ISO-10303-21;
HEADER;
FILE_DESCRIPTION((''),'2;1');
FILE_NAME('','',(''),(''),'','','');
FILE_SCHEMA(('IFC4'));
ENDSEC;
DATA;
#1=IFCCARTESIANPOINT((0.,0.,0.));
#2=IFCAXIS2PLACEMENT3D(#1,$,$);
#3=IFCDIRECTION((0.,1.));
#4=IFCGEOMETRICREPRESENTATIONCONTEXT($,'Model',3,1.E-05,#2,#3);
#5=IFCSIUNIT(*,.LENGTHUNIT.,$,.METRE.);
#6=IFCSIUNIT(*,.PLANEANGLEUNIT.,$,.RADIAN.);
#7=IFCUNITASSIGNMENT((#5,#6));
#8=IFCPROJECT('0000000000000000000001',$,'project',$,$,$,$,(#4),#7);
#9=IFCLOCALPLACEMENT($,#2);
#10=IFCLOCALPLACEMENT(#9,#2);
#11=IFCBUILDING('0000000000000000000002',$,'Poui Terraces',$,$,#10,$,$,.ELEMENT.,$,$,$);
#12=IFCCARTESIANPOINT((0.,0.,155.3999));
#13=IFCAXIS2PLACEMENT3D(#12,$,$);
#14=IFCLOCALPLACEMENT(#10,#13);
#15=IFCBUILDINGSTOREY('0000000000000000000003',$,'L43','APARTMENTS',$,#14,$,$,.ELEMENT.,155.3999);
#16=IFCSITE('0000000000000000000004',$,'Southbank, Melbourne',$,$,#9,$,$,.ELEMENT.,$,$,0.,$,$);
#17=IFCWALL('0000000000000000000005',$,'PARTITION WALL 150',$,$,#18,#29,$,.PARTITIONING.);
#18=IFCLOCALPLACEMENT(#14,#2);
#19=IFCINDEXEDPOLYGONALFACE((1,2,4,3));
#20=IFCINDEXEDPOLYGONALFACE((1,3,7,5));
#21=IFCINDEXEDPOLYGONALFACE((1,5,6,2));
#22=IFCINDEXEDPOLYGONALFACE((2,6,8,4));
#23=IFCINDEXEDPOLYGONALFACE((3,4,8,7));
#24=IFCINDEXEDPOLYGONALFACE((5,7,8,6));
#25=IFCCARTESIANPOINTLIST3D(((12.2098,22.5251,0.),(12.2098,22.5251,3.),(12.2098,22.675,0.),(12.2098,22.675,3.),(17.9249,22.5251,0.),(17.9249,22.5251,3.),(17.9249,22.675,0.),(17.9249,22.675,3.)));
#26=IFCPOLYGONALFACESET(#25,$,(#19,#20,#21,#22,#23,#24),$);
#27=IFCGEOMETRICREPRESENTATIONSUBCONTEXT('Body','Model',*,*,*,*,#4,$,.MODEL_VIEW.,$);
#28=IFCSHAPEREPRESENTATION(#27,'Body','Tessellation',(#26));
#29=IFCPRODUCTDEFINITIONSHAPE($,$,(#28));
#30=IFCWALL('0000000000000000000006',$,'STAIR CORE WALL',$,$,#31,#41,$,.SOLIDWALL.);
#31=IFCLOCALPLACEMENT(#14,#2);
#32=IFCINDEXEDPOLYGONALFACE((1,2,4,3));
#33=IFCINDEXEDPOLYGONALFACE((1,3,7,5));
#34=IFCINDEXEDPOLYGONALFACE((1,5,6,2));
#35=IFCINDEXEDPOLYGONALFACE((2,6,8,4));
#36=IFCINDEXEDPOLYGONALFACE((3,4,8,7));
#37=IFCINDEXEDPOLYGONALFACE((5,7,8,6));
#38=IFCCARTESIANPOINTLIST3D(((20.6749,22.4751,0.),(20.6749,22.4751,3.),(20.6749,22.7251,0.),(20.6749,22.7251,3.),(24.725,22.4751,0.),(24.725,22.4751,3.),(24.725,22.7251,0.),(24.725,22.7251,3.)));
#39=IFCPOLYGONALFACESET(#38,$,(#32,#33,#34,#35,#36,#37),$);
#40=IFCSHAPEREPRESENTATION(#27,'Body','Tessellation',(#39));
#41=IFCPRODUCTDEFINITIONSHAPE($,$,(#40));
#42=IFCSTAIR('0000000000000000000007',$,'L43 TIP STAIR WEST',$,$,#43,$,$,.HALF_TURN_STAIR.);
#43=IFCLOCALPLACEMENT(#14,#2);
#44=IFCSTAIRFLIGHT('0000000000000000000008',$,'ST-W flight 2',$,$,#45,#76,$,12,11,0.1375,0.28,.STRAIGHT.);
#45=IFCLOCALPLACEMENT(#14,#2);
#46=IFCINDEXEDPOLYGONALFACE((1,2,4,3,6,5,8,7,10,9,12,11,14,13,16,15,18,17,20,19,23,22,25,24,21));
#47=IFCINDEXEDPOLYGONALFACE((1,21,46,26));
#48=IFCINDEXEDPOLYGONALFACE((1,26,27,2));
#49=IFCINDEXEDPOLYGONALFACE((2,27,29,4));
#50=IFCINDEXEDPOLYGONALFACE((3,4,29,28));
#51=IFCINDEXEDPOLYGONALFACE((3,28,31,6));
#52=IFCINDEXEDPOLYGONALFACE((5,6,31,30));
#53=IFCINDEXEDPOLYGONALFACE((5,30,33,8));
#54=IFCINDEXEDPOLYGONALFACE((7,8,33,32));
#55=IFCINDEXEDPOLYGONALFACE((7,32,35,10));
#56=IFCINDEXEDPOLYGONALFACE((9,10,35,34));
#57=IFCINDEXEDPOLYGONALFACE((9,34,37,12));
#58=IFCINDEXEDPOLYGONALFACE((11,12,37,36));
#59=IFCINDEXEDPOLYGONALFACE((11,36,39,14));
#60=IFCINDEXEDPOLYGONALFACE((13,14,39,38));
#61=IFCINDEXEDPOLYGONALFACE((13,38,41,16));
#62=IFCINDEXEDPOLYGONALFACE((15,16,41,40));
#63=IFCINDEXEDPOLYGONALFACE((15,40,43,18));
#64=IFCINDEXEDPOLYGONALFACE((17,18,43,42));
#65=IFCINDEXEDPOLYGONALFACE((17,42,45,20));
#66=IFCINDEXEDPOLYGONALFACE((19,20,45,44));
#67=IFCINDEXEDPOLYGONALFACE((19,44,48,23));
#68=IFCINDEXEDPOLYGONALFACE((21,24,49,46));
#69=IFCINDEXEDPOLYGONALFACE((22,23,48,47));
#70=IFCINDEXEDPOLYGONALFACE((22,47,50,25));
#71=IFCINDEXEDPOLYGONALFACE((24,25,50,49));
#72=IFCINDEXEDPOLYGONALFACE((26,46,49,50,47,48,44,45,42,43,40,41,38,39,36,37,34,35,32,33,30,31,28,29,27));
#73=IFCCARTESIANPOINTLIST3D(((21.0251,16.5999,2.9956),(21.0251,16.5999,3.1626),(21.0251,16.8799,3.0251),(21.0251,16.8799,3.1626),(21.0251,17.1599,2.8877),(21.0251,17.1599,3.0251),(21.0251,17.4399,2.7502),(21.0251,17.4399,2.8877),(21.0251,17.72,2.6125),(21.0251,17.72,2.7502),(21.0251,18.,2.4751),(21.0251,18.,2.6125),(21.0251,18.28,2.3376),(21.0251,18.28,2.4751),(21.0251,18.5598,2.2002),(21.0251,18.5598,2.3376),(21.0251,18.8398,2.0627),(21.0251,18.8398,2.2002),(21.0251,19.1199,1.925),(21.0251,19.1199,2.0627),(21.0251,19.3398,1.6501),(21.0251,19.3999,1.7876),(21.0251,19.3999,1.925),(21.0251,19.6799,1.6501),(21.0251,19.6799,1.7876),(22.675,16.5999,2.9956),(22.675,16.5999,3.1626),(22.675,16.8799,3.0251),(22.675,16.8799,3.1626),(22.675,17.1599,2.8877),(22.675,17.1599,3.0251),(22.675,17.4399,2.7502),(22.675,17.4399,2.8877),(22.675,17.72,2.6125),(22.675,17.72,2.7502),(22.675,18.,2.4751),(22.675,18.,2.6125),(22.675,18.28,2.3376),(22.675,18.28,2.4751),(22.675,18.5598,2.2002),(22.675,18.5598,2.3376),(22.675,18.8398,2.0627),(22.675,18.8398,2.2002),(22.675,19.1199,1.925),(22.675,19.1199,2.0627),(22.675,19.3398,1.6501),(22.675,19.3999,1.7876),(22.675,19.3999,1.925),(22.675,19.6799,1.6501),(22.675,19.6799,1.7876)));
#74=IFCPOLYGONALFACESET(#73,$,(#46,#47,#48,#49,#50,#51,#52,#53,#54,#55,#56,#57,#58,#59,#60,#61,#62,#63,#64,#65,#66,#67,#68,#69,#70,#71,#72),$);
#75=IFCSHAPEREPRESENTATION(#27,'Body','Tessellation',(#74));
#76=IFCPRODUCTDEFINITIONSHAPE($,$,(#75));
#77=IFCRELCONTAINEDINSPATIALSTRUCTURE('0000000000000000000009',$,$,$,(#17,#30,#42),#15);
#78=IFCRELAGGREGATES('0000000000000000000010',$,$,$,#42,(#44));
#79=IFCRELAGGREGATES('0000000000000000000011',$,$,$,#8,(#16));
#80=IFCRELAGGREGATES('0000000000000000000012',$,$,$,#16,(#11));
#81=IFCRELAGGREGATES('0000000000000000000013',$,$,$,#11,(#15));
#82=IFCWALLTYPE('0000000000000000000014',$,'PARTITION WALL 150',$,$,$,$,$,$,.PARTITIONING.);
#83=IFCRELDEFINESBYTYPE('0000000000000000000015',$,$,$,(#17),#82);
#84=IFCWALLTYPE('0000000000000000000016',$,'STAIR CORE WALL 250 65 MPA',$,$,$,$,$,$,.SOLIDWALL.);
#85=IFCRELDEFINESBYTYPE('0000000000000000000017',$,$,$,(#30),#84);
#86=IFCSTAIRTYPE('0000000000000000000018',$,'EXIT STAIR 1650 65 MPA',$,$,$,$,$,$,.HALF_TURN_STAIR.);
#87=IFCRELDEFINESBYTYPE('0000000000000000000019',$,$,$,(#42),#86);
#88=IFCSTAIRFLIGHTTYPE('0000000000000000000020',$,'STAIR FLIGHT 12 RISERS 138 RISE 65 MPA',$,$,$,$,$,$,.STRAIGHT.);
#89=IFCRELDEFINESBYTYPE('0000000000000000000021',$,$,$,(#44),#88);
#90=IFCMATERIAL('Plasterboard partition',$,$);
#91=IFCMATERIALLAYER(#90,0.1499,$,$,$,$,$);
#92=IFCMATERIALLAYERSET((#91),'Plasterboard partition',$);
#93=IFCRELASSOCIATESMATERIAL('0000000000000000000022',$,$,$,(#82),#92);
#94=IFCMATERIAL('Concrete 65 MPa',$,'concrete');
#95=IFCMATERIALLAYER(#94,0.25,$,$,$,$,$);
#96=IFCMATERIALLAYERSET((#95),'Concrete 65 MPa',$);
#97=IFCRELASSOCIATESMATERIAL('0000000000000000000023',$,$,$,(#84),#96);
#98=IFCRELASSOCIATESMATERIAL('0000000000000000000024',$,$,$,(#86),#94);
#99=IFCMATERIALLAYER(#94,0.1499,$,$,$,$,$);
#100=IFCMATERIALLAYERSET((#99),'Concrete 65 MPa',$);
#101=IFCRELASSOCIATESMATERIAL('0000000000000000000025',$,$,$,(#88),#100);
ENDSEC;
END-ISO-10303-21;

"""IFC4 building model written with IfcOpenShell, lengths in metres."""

from ifc_helpers import new_model, si_unit, direction, frame, frame_2d, origin, place, context, subcontext, project, spatial, polyline, rectangle, outline, extrude, material, layer, layer_set, type_object, element, aggregate, save


model = new_model("IFC4")

# Units and contexts
model_context = context("Model", 3, precision=1e-05, world=origin(), true_north=direction((0.0, 1.0)))
body_context = subcontext(model_context, "Body", "Model", "MODEL_VIEW")
ifc_project = project(units=[si_unit("LENGTHUNIT", "METRE"), si_unit("PLANEANGLEUNIT", "RADIAN")], contexts=[model_context])

# Site, building, storey
site_placement = place(None, origin())
site = spatial("IfcSite", under=ifc_project, at=site_placement, Name="Southbank, Melbourne", CompositionType="ELEMENT", RefElevation=0.0)
building_placement = place(site_placement, origin())
building = spatial("IfcBuilding", under=site, at=building_placement, Name="Poui Terraces", CompositionType="ELEMENT")
storey_placement = place(building_placement, frame((0.0, 0.0, 155.3999)))
storey = spatial("IfcBuildingStorey", under=building, at=storey_placement, Name="L43", Description="APARTMENTS", CompositionType="ELEMENT", Elevation=155.3999)

# Walls
ifc_material_1 = material(Name="Plasterboard partition")
ifc_layer_1 = layer(ifc_material_1, 0.1499)
ifc_layer_set_1 = layer_set([ifc_layer_1], Name="Plasterboard partition")
wall_type_1 = type_object("IfcWallType", Name="PARTITION WALL 150", PredefinedType="PARTITIONING", material=ifc_layer_set_1)
wall_1_placement = place(storey_placement, frame((12.21, 22.6001, 0.0), z_axis=(0.0, 0.0, 1.0), x_axis=(1.0, 0.0, 0.0)))
element("IfcWall", 1, at=wall_1_placement, inside=storey, type_object=wall_type_1, Name="PARTITION WALL 150", PredefinedType="PARTITIONING", context=body_context, shape_type="SweptSolid", body=[
    extrude(rectangle(XDim=5.7151, YDim=0.1499, at=frame_2d((2.8574, 0.0))), origin(), (0.0, 0.0, 1.0), 3.0),
])
ifc_material_2 = material(Name="Concrete 65 MPa", Category="concrete")
ifc_layer_2 = layer(ifc_material_2, 0.25)
ifc_layer_set_2 = layer_set([ifc_layer_2], Name="Concrete 65 MPa")
wall_type_2 = type_object("IfcWallType", Name="STAIR CORE WALL 250 65 MPA", PredefinedType="SOLIDWALL", material=ifc_layer_set_2)
wall_2_placement = place(storey_placement, frame((20.675, 22.6001, 0.0), z_axis=(0.0, 0.0, 1.0), x_axis=(1.0, 0.0, 0.0)))
element("IfcWall", 2, at=wall_2_placement, inside=storey, type_object=wall_type_2, Name="STAIR CORE WALL", PredefinedType="SOLIDWALL", context=body_context, shape_type="SweptSolid", body=[
    extrude(rectangle(XDim=4.05, YDim=0.25, at=frame_2d((2.0249, 0.0))), origin(), (0.0, 0.0, 1.0), 3.0),
])

# Stair, stair flight
stair_type = type_object("IfcStairType", Name="EXIT STAIR 1650 65 MPA", PredefinedType="HALF_TURN_STAIR", material=ifc_material_2)
stair_placement = place(storey_placement, origin())
stair = element("IfcStair", 3, at=stair_placement, inside=storey, type_object=stair_type, Name="L43 TIP STAIR WEST", PredefinedType="HALF_TURN_STAIR")
ifc_layer_3 = layer(ifc_material_2, 0.1499)
ifc_layer_set_3 = layer_set([ifc_layer_3], Name="Concrete 65 MPa")
stair_flight_type = type_object("IfcStairFlightType", Name="STAIR FLIGHT 12 RISERS 138 RISE 65 MPA", PredefinedType="STRAIGHT", material=ifc_layer_set_3)
stair_flight_placement = place(storey_placement, frame((21.8501, 19.6799, 1.6501), z_axis=(0.0, 0.0, 1.0), x_axis=(0.0, -1.0, 0.0)))
stair_flight = element("IfcStairFlight", 4, at=stair_flight_placement, type_object=stair_flight_type, Name="ST-W flight 2", NumberOfRisers=12, NumberOfTreads=11, PredefinedType="STRAIGHT", RiserHeight=0.1375, TreadLength=0.28, context=body_context, shape_type="SweptSolid", body=[
    extrude(outline(polyline([(0.0, 0.0), (0.0, 0.1375), (0.28, 0.1375), (0.28, 0.2749), (0.5601, 0.2749), (0.5601, 0.4126), (0.8401, 0.4126), (0.8401, 0.55), (1.1201, 0.55), (1.1201, 0.6875), (1.3999, 0.6875), (1.3999, 0.825), (1.6799, 0.825), (1.6799, 0.9624), (1.96, 0.9624), (1.96, 1.1001), (2.24, 1.1001), (2.24, 1.2375), (2.52, 1.2375), (2.52, 1.375), (2.8, 1.375), (2.8, 1.5125), (3.0801, 1.5125), (3.0801, 1.6499), (3.0801, 1.3455), (0.3401, 0.0), (0.0, 0.0)])), frame((0.0, 0.825, 0.0), z_axis=(0.0, -1.0, 0.0), x_axis=(1.0, 0.0, 0.0)), (0.0, 0.0, 1.0), 1.6499),
])
aggregate(stair, [stair_flight])

save(model, "model.ifc")
